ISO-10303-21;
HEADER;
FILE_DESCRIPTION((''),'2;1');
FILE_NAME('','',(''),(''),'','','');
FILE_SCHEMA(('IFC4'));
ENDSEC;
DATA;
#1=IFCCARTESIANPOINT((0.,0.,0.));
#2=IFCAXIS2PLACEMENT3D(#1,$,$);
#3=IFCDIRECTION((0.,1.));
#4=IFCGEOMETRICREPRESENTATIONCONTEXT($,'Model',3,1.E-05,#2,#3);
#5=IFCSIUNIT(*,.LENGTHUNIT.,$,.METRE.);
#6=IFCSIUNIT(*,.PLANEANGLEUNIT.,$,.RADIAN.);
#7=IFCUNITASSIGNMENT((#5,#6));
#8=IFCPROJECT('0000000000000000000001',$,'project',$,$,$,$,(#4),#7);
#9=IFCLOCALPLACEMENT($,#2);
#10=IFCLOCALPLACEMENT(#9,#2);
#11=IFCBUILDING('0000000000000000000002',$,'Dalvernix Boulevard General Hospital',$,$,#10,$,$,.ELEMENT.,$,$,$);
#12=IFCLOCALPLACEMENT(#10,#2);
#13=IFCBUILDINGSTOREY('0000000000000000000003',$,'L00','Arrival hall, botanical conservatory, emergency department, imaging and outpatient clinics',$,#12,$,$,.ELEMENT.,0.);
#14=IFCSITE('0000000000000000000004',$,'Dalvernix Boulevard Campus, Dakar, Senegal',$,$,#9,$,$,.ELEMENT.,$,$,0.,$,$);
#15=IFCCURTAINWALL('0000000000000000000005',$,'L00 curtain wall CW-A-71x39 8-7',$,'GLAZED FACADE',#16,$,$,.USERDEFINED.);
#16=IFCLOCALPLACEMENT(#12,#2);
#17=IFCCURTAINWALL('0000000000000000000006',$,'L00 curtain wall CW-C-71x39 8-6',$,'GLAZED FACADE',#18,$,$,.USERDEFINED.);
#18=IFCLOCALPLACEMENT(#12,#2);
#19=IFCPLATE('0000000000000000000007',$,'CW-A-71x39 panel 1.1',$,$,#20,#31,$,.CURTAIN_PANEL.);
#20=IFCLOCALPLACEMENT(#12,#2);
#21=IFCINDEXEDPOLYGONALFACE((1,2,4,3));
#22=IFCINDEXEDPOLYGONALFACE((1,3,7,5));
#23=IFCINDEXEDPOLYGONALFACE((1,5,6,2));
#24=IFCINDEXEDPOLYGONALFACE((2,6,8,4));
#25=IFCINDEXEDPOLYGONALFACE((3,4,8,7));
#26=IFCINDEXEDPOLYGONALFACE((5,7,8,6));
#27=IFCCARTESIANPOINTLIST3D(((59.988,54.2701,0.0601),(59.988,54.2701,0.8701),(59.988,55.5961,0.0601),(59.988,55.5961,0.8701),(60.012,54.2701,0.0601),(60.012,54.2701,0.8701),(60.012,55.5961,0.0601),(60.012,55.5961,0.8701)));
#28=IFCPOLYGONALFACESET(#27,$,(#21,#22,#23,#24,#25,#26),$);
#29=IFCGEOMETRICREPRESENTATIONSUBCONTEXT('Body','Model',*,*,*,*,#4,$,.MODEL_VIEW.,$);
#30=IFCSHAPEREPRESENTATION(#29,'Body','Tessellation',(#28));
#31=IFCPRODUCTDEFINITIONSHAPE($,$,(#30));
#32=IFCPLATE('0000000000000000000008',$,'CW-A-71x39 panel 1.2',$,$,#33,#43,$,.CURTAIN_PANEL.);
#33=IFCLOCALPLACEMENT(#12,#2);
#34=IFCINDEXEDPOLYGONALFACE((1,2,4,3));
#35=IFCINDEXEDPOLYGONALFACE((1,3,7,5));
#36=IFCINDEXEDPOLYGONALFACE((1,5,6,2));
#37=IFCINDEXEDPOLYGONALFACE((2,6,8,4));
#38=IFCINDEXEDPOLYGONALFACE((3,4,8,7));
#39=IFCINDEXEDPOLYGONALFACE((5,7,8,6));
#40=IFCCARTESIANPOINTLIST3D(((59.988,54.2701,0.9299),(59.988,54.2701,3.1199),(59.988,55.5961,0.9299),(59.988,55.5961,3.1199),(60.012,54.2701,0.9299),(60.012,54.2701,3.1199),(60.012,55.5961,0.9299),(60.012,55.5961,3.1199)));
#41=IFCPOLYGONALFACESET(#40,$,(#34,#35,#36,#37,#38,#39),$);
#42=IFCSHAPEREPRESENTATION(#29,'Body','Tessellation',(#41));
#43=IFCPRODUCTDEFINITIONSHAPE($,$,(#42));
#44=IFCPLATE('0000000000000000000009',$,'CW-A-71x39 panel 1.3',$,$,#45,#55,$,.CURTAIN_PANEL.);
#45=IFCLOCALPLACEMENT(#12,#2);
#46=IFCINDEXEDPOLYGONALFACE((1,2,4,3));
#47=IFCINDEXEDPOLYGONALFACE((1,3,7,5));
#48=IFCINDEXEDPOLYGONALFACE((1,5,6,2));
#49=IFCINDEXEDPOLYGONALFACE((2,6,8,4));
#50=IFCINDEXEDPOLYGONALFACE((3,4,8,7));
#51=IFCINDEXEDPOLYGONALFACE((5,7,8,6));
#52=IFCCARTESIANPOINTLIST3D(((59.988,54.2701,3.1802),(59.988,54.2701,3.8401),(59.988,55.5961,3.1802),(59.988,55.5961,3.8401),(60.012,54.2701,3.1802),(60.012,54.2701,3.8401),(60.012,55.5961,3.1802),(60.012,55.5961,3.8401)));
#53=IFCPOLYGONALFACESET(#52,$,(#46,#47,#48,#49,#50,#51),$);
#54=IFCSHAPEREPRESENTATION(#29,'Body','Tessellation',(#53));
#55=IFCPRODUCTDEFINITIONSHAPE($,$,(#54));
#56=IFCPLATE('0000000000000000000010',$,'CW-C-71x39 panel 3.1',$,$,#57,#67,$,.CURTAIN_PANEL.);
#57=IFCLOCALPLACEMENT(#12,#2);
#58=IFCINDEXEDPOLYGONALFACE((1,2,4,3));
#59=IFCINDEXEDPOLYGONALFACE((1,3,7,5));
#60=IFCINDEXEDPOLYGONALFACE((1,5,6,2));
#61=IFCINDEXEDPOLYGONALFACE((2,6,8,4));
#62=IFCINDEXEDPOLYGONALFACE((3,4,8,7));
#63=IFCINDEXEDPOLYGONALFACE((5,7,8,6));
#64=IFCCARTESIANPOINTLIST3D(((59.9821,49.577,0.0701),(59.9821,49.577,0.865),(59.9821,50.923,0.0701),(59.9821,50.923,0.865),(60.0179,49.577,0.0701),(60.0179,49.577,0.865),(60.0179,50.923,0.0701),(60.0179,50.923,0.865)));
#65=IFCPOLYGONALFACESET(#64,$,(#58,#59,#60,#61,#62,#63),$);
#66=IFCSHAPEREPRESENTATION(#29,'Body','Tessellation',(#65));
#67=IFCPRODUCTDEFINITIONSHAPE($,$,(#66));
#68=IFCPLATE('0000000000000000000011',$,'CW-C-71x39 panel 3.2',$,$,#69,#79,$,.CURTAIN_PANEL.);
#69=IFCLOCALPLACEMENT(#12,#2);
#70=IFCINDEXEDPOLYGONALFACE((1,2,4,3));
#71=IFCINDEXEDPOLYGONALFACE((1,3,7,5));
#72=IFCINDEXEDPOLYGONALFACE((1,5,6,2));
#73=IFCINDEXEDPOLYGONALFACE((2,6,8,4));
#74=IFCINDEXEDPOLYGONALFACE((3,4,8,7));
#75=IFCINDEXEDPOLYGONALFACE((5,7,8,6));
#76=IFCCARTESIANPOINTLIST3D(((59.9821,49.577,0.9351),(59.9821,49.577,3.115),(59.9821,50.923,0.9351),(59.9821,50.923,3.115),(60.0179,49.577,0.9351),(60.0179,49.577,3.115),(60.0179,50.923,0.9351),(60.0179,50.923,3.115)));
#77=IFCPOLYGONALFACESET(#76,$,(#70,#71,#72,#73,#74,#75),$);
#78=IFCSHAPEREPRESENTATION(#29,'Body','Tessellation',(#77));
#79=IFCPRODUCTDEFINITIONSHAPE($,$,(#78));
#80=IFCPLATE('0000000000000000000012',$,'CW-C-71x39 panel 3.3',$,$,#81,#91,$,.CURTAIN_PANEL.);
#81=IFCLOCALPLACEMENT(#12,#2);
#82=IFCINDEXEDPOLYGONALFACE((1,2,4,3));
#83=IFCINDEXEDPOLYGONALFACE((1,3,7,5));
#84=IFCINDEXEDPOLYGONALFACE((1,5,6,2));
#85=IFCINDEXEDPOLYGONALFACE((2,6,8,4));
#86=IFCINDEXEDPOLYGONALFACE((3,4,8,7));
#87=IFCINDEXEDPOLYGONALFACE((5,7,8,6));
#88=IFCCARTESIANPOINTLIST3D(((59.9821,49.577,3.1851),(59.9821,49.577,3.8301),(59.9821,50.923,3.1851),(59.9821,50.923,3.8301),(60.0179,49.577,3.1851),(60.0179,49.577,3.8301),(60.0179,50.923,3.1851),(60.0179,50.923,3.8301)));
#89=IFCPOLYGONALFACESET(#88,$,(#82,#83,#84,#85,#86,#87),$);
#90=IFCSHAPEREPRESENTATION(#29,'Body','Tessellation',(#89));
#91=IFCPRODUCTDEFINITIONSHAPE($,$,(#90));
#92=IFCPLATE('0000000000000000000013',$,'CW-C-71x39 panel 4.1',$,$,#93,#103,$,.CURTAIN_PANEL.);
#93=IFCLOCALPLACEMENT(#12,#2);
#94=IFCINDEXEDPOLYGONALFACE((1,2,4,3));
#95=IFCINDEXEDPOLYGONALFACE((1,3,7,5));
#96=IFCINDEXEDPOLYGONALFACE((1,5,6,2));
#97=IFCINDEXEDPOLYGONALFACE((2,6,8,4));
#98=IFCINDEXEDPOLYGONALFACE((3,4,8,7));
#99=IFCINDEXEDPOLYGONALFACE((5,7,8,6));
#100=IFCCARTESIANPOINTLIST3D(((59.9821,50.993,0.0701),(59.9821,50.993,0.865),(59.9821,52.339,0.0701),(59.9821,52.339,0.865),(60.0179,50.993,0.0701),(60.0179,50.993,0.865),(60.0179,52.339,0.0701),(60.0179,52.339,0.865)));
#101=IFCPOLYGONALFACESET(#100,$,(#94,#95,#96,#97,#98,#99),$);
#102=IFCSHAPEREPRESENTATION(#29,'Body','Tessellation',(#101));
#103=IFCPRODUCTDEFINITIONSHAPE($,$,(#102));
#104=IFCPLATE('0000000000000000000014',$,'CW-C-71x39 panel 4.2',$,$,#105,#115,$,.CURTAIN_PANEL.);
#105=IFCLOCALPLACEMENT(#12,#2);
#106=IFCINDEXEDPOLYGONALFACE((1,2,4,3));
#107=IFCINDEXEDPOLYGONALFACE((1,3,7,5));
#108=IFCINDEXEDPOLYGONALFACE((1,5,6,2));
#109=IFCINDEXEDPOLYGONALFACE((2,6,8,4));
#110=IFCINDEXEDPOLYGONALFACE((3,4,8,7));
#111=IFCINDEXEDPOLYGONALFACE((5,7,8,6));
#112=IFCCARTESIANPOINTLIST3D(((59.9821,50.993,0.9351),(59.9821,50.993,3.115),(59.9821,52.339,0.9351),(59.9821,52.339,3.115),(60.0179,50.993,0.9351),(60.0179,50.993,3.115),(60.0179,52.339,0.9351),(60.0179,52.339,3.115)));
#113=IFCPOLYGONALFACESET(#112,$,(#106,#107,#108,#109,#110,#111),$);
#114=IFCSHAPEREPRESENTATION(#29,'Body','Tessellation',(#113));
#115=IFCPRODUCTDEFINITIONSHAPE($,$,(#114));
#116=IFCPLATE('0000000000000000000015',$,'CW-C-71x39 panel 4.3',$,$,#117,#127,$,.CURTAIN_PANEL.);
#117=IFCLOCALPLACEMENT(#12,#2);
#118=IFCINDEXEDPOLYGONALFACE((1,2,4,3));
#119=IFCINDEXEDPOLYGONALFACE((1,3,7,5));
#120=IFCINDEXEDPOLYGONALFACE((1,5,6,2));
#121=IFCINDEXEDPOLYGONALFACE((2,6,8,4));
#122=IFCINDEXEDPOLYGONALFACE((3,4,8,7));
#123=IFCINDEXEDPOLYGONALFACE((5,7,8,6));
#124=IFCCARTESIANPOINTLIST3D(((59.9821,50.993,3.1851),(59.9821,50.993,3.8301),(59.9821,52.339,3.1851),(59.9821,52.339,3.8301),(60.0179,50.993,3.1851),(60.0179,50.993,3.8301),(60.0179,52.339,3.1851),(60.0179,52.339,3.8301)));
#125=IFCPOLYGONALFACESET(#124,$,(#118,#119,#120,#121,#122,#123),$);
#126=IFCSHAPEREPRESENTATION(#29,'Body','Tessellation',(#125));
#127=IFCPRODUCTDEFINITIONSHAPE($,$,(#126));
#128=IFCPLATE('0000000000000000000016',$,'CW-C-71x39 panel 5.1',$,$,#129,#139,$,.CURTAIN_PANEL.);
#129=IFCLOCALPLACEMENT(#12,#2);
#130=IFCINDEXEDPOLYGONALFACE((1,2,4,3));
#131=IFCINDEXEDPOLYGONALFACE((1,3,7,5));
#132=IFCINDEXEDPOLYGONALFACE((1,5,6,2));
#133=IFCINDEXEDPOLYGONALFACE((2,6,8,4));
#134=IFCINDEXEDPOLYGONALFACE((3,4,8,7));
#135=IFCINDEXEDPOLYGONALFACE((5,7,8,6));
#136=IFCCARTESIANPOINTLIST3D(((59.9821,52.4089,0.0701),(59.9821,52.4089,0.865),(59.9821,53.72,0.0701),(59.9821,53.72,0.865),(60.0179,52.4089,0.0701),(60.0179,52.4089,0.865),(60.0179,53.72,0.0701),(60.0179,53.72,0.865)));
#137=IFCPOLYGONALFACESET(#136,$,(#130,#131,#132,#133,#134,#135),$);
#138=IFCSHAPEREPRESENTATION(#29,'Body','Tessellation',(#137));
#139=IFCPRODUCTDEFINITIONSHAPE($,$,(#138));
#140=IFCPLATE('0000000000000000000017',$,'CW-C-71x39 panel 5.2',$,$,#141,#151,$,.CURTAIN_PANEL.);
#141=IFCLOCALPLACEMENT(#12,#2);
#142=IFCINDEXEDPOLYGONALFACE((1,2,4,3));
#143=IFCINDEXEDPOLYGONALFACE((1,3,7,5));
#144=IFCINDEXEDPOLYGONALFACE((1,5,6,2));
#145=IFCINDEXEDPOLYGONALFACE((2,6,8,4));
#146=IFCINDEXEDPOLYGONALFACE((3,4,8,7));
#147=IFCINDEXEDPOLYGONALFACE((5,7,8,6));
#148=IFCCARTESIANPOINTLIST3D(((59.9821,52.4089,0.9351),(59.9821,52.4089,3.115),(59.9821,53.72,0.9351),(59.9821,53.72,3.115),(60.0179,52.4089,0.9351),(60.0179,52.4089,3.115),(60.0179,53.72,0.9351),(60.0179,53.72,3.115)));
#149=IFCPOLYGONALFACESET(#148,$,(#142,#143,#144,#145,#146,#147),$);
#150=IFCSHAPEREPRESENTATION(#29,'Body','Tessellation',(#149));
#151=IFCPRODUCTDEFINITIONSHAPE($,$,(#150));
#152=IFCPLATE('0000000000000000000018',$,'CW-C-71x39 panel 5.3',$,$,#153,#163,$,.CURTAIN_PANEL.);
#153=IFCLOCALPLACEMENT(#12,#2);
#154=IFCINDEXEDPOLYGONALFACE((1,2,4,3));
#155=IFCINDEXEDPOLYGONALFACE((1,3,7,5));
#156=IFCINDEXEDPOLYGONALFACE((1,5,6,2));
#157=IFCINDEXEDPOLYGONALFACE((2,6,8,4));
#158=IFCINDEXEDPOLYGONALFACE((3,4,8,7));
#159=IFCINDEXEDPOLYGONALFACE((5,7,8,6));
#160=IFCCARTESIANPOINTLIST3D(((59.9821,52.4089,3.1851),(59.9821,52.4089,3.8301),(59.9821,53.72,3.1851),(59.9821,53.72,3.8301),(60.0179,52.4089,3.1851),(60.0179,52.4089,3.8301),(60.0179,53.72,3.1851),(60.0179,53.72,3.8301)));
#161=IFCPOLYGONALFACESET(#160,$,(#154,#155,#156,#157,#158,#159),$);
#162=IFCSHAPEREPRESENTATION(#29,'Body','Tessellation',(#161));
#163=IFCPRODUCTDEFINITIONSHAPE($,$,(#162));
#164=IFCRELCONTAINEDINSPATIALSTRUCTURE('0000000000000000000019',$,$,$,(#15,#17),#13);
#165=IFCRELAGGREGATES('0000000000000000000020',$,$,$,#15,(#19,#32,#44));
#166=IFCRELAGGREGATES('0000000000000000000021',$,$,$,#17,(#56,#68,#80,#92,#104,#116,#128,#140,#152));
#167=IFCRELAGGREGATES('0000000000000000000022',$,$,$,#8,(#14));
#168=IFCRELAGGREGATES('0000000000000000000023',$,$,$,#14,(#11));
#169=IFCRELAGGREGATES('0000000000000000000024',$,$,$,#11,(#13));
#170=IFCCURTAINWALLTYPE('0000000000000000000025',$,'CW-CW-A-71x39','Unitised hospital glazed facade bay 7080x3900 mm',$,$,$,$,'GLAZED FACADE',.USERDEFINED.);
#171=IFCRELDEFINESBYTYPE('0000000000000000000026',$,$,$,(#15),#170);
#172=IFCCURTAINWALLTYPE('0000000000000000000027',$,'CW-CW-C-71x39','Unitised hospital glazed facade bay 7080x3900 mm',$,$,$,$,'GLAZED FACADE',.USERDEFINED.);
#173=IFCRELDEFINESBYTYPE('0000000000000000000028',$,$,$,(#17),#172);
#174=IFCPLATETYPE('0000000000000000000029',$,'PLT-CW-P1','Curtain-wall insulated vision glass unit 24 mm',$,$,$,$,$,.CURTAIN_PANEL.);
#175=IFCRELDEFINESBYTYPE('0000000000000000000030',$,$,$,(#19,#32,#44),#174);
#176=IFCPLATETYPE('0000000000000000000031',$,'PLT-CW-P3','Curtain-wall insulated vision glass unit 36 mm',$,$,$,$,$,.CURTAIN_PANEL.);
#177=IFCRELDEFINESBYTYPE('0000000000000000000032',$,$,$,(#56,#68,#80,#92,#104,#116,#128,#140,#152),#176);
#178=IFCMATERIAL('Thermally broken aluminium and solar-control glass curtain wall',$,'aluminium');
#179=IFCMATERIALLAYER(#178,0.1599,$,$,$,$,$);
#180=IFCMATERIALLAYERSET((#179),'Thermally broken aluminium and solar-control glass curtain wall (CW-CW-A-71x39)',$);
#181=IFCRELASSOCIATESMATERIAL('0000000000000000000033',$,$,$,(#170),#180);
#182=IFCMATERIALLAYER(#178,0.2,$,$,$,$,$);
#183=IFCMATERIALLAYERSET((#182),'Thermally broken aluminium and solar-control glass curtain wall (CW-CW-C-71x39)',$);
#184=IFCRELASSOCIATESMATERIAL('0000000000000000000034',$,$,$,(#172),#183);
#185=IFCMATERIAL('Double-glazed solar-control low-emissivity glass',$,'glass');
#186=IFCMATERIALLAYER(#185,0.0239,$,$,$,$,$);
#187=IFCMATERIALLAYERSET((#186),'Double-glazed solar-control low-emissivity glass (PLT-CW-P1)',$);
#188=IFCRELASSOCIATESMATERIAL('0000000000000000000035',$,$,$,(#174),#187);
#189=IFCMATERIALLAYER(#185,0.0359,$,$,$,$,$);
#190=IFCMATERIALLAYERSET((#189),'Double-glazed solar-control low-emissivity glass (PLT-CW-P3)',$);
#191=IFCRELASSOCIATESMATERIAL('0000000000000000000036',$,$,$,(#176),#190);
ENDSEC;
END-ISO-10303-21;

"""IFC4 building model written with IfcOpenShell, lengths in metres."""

from ifc_helpers import new_model, si_unit, direction, frame, origin, origin_2d, place, context, subcontext, project, spatial, rectangle, extrude, material, layer, layer_set, type_object, element, aggregate, save


model = new_model("IFC4")

# Units and contexts
model_context = context("Model", 3, precision=1e-05, world=origin(), true_north=direction((0.0, 1.0)))
body_context = subcontext(model_context, "Body", "Model", "MODEL_VIEW")
ifc_project = project(units=[si_unit("LENGTHUNIT", "METRE"), si_unit("PLANEANGLEUNIT", "RADIAN")], contexts=[model_context])

# Site, building, storey
site_placement = place(None, origin())
site = spatial("IfcSite", under=ifc_project, at=site_placement, Name="Dalvernix Boulevard Campus, Dakar, Senegal", CompositionType="ELEMENT", RefElevation=0.0)
building_placement = place(site_placement, origin())
building = spatial("IfcBuilding", under=site, at=building_placement, Name="Dalvernix Boulevard General Hospital", CompositionType="ELEMENT")
storey_placement = place(building_placement, origin())
storey = spatial("IfcBuildingStorey", under=building, at=storey_placement, Name="L00", Description="Arrival hall, botanical conservatory, emergency department, imaging and outpatient clinics", CompositionType="ELEMENT", Elevation=0.0)

# Curtain walls
ifc_material_1 = material(Name="Thermally broken aluminium and solar-control glass curtain wall", Category="aluminium")
ifc_layer_1 = layer(ifc_material_1, 0.1599)
ifc_layer_set_1 = layer_set([ifc_layer_1], Name="Thermally broken aluminium and solar-control glass curtain wall (CW-CW-A-71x39)")
curtain_wall_type_1 = type_object("IfcCurtainWallType", Name="CW-CW-A-71x39", Description="Unitised hospital glazed facade bay 7080x3900 mm", ElementType="GLAZED FACADE", PredefinedType="USERDEFINED", material=ifc_layer_set_1)
curtain_wall_1_placement = place(storey_placement, origin())
curtain_wall_1 = element("IfcCurtainWall", 1, at=curtain_wall_1_placement, inside=storey, type_object=curtain_wall_type_1, Name="L00 curtain wall CW-A-71x39 8-7", ObjectType="GLAZED FACADE", PredefinedType="USERDEFINED")
ifc_layer_2 = layer(ifc_material_1, 0.2)
ifc_layer_set_2 = layer_set([ifc_layer_2], Name="Thermally broken aluminium and solar-control glass curtain wall (CW-CW-C-71x39)")
curtain_wall_type_2 = type_object("IfcCurtainWallType", Name="CW-CW-C-71x39", Description="Unitised hospital glazed facade bay 7080x3900 mm", ElementType="GLAZED FACADE", PredefinedType="USERDEFINED", material=ifc_layer_set_2)
curtain_wall_2_placement = place(storey_placement, origin())
curtain_wall_2 = element("IfcCurtainWall", 2, at=curtain_wall_2_placement, inside=storey, type_object=curtain_wall_type_2, Name="L00 curtain wall CW-C-71x39 8-6", ObjectType="GLAZED FACADE", PredefinedType="USERDEFINED")

# Plates
ifc_material_2 = material(Name="Double-glazed solar-control low-emissivity glass", Category="glass")
ifc_layer_3 = layer(ifc_material_2, 0.0239)
ifc_layer_set_3 = layer_set([ifc_layer_3], Name="Double-glazed solar-control low-emissivity glass (PLT-CW-P1)")
plate_type_1 = type_object("IfcPlateType", Name="PLT-CW-P1", Description="Curtain-wall insulated vision glass unit 24 mm", PredefinedType="CURTAIN_PANEL", material=ifc_layer_set_3)
plate_1_placement = place(storey_placement, frame((60.0, 54.9331, 0.0601), z_axis=(0.0, 0.0, 1.0), x_axis=(0.0, 1.0, 0.0)))
plate_1 = element("IfcPlate", 3, at=plate_1_placement, type_object=plate_type_1, Name="CW-A-71x39 panel 1.1", PredefinedType="CURTAIN_PANEL", context=body_context, shape_type="SweptSolid", body=[
    extrude(rectangle(XDim=1.3259, YDim=0.0239, at=origin_2d()), origin(), (0.0, 0.0, 1.0), 0.8101),
])
plate_2_placement = place(storey_placement, frame((60.0, 54.9331, 0.9299), z_axis=(0.0, 0.0, 1.0), x_axis=(0.0, 1.0, 0.0)))
plate_2 = element("IfcPlate", 4, at=plate_2_placement, type_object=plate_type_1, Name="CW-A-71x39 panel 1.2", PredefinedType="CURTAIN_PANEL", context=body_context, shape_type="SweptSolid", body=[
    extrude(rectangle(XDim=1.3259, YDim=0.0239, at=origin_2d()), origin(), (0.0, 0.0, 1.0), 2.1899),
])
plate_3_placement = place(storey_placement, frame((60.0, 54.9331, 3.1802), z_axis=(0.0, 0.0, 1.0), x_axis=(0.0, 1.0, 0.0)))
plate_3 = element("IfcPlate", 5, at=plate_3_placement, type_object=plate_type_1, Name="CW-A-71x39 panel 1.3", PredefinedType="CURTAIN_PANEL", context=body_context, shape_type="SweptSolid", body=[
    extrude(rectangle(XDim=1.3259, YDim=0.0239, at=origin_2d()), origin(), (0.0, 0.0, 1.0), 0.6599),
])
aggregate(curtain_wall_1, [plate_1, plate_2, plate_3])
ifc_layer_4 = layer(ifc_material_2, 0.0359)
ifc_layer_set_4 = layer_set([ifc_layer_4], Name="Double-glazed solar-control low-emissivity glass (PLT-CW-P3)")
plate_type_2 = type_object("IfcPlateType", Name="PLT-CW-P3", Description="Curtain-wall insulated vision glass unit 36 mm", PredefinedType="CURTAIN_PANEL", material=ifc_layer_set_4)
plate_4_placement = place(storey_placement, frame((60.0, 50.25, 0.0701), z_axis=(0.0, 0.0, 1.0), x_axis=(0.0, 1.0, 0.0)))
plate_4 = element("IfcPlate", 6, at=plate_4_placement, type_object=plate_type_2, Name="CW-C-71x39 panel 3.1", PredefinedType="CURTAIN_PANEL", context=body_context, shape_type="SweptSolid", body=[
    extrude(rectangle(XDim=1.3459, YDim=0.0359, at=origin_2d()), origin(), (0.0, 0.0, 1.0), 0.7949),
])
plate_5_placement = place(storey_placement, frame((60.0, 50.25, 0.9351), z_axis=(0.0, 0.0, 1.0), x_axis=(0.0, 1.0, 0.0)))
plate_5 = element("IfcPlate", 7, at=plate_5_placement, type_object=plate_type_2, Name="CW-C-71x39 panel 3.2", PredefinedType="CURTAIN_PANEL", context=body_context, shape_type="SweptSolid", body=[
    extrude(rectangle(XDim=1.3459, YDim=0.0359, at=origin_2d()), origin(), (0.0, 0.0, 1.0), 2.1799),
])
plate_6_placement = place(storey_placement, frame((60.0, 50.25, 3.1851), z_axis=(0.0, 0.0, 1.0), x_axis=(0.0, 1.0, 0.0)))
plate_6 = element("IfcPlate", 8, at=plate_6_placement, type_object=plate_type_2, Name="CW-C-71x39 panel 3.3", PredefinedType="CURTAIN_PANEL", context=body_context, shape_type="SweptSolid", body=[
    extrude(rectangle(XDim=1.3459, YDim=0.0359, at=origin_2d()), origin(), (0.0, 0.0, 1.0), 0.645),
])
plate_7_placement = place(storey_placement, frame((60.0, 51.666, 0.0701), z_axis=(0.0, 0.0, 1.0), x_axis=(0.0, 1.0, 0.0)))
plate_7 = element("IfcPlate", 9, at=plate_7_placement, type_object=plate_type_2, Name="CW-C-71x39 panel 4.1", PredefinedType="CURTAIN_PANEL", context=body_context, shape_type="SweptSolid", body=[
    extrude(rectangle(XDim=1.3459, YDim=0.0359, at=origin_2d()), origin(), (0.0, 0.0, 1.0), 0.7949),
])
plate_8_placement = place(storey_placement, frame((60.0, 51.666, 0.9351), z_axis=(0.0, 0.0, 1.0), x_axis=(0.0, 1.0, 0.0)))
plate_8 = element("IfcPlate", 10, at=plate_8_placement, type_object=plate_type_2, Name="CW-C-71x39 panel 4.2", PredefinedType="CURTAIN_PANEL", context=body_context, shape_type="SweptSolid", body=[
    extrude(rectangle(XDim=1.3459, YDim=0.0359, at=origin_2d()), origin(), (0.0, 0.0, 1.0), 2.1799),
])
plate_9_placement = place(storey_placement, frame((60.0, 51.666, 3.1851), z_axis=(0.0, 0.0, 1.0), x_axis=(0.0, 1.0, 0.0)))
plate_9 = element("IfcPlate", 11, at=plate_9_placement, type_object=plate_type_2, Name="CW-C-71x39 panel 4.3", PredefinedType="CURTAIN_PANEL", context=body_context, shape_type="SweptSolid", body=[
    extrude(rectangle(XDim=1.3459, YDim=0.0359, at=origin_2d()), origin(), (0.0, 0.0, 1.0), 0.645),
])
plate_10_placement = place(storey_placement, frame((60.0, 53.0645, 0.0701), z_axis=(0.0, 0.0, 1.0), x_axis=(0.0, 1.0, 0.0)))
plate_10 = element("IfcPlate", 12, at=plate_10_placement, type_object=plate_type_2, Name="CW-C-71x39 panel 5.1", PredefinedType="CURTAIN_PANEL", context=body_context, shape_type="SweptSolid", body=[
    extrude(rectangle(XDim=1.311, YDim=0.0359, at=origin_2d()), origin(), (0.0, 0.0, 1.0), 0.7949),
])
plate_11_placement = place(storey_placement, frame((60.0, 53.0645, 0.9351), z_axis=(0.0, 0.0, 1.0), x_axis=(0.0, 1.0, 0.0)))
plate_11 = element("IfcPlate", 13, at=plate_11_placement, type_object=plate_type_2, Name="CW-C-71x39 panel 5.2", PredefinedType="CURTAIN_PANEL", context=body_context, shape_type="SweptSolid", body=[
    extrude(rectangle(XDim=1.311, YDim=0.0359, at=origin_2d()), origin(), (0.0, 0.0, 1.0), 2.1799),
])
plate_12_placement = place(storey_placement, frame((60.0, 53.0645, 3.1851), z_axis=(0.0, 0.0, 1.0), x_axis=(0.0, 1.0, 0.0)))
plate_12 = element("IfcPlate", 14, at=plate_12_placement, type_object=plate_type_2, Name="CW-C-71x39 panel 5.3", PredefinedType="CURTAIN_PANEL", context=body_context, shape_type="SweptSolid", body=[
    extrude(rectangle(XDim=1.311, YDim=0.0359, at=origin_2d()), origin(), (0.0, 0.0, 1.0), 0.645),
])
aggregate(curtain_wall_2, [plate_4, plate_5, plate_6, plate_7, plate_8, plate_9, plate_10, plate_11, plate_12])

save(model, "model.ifc")
